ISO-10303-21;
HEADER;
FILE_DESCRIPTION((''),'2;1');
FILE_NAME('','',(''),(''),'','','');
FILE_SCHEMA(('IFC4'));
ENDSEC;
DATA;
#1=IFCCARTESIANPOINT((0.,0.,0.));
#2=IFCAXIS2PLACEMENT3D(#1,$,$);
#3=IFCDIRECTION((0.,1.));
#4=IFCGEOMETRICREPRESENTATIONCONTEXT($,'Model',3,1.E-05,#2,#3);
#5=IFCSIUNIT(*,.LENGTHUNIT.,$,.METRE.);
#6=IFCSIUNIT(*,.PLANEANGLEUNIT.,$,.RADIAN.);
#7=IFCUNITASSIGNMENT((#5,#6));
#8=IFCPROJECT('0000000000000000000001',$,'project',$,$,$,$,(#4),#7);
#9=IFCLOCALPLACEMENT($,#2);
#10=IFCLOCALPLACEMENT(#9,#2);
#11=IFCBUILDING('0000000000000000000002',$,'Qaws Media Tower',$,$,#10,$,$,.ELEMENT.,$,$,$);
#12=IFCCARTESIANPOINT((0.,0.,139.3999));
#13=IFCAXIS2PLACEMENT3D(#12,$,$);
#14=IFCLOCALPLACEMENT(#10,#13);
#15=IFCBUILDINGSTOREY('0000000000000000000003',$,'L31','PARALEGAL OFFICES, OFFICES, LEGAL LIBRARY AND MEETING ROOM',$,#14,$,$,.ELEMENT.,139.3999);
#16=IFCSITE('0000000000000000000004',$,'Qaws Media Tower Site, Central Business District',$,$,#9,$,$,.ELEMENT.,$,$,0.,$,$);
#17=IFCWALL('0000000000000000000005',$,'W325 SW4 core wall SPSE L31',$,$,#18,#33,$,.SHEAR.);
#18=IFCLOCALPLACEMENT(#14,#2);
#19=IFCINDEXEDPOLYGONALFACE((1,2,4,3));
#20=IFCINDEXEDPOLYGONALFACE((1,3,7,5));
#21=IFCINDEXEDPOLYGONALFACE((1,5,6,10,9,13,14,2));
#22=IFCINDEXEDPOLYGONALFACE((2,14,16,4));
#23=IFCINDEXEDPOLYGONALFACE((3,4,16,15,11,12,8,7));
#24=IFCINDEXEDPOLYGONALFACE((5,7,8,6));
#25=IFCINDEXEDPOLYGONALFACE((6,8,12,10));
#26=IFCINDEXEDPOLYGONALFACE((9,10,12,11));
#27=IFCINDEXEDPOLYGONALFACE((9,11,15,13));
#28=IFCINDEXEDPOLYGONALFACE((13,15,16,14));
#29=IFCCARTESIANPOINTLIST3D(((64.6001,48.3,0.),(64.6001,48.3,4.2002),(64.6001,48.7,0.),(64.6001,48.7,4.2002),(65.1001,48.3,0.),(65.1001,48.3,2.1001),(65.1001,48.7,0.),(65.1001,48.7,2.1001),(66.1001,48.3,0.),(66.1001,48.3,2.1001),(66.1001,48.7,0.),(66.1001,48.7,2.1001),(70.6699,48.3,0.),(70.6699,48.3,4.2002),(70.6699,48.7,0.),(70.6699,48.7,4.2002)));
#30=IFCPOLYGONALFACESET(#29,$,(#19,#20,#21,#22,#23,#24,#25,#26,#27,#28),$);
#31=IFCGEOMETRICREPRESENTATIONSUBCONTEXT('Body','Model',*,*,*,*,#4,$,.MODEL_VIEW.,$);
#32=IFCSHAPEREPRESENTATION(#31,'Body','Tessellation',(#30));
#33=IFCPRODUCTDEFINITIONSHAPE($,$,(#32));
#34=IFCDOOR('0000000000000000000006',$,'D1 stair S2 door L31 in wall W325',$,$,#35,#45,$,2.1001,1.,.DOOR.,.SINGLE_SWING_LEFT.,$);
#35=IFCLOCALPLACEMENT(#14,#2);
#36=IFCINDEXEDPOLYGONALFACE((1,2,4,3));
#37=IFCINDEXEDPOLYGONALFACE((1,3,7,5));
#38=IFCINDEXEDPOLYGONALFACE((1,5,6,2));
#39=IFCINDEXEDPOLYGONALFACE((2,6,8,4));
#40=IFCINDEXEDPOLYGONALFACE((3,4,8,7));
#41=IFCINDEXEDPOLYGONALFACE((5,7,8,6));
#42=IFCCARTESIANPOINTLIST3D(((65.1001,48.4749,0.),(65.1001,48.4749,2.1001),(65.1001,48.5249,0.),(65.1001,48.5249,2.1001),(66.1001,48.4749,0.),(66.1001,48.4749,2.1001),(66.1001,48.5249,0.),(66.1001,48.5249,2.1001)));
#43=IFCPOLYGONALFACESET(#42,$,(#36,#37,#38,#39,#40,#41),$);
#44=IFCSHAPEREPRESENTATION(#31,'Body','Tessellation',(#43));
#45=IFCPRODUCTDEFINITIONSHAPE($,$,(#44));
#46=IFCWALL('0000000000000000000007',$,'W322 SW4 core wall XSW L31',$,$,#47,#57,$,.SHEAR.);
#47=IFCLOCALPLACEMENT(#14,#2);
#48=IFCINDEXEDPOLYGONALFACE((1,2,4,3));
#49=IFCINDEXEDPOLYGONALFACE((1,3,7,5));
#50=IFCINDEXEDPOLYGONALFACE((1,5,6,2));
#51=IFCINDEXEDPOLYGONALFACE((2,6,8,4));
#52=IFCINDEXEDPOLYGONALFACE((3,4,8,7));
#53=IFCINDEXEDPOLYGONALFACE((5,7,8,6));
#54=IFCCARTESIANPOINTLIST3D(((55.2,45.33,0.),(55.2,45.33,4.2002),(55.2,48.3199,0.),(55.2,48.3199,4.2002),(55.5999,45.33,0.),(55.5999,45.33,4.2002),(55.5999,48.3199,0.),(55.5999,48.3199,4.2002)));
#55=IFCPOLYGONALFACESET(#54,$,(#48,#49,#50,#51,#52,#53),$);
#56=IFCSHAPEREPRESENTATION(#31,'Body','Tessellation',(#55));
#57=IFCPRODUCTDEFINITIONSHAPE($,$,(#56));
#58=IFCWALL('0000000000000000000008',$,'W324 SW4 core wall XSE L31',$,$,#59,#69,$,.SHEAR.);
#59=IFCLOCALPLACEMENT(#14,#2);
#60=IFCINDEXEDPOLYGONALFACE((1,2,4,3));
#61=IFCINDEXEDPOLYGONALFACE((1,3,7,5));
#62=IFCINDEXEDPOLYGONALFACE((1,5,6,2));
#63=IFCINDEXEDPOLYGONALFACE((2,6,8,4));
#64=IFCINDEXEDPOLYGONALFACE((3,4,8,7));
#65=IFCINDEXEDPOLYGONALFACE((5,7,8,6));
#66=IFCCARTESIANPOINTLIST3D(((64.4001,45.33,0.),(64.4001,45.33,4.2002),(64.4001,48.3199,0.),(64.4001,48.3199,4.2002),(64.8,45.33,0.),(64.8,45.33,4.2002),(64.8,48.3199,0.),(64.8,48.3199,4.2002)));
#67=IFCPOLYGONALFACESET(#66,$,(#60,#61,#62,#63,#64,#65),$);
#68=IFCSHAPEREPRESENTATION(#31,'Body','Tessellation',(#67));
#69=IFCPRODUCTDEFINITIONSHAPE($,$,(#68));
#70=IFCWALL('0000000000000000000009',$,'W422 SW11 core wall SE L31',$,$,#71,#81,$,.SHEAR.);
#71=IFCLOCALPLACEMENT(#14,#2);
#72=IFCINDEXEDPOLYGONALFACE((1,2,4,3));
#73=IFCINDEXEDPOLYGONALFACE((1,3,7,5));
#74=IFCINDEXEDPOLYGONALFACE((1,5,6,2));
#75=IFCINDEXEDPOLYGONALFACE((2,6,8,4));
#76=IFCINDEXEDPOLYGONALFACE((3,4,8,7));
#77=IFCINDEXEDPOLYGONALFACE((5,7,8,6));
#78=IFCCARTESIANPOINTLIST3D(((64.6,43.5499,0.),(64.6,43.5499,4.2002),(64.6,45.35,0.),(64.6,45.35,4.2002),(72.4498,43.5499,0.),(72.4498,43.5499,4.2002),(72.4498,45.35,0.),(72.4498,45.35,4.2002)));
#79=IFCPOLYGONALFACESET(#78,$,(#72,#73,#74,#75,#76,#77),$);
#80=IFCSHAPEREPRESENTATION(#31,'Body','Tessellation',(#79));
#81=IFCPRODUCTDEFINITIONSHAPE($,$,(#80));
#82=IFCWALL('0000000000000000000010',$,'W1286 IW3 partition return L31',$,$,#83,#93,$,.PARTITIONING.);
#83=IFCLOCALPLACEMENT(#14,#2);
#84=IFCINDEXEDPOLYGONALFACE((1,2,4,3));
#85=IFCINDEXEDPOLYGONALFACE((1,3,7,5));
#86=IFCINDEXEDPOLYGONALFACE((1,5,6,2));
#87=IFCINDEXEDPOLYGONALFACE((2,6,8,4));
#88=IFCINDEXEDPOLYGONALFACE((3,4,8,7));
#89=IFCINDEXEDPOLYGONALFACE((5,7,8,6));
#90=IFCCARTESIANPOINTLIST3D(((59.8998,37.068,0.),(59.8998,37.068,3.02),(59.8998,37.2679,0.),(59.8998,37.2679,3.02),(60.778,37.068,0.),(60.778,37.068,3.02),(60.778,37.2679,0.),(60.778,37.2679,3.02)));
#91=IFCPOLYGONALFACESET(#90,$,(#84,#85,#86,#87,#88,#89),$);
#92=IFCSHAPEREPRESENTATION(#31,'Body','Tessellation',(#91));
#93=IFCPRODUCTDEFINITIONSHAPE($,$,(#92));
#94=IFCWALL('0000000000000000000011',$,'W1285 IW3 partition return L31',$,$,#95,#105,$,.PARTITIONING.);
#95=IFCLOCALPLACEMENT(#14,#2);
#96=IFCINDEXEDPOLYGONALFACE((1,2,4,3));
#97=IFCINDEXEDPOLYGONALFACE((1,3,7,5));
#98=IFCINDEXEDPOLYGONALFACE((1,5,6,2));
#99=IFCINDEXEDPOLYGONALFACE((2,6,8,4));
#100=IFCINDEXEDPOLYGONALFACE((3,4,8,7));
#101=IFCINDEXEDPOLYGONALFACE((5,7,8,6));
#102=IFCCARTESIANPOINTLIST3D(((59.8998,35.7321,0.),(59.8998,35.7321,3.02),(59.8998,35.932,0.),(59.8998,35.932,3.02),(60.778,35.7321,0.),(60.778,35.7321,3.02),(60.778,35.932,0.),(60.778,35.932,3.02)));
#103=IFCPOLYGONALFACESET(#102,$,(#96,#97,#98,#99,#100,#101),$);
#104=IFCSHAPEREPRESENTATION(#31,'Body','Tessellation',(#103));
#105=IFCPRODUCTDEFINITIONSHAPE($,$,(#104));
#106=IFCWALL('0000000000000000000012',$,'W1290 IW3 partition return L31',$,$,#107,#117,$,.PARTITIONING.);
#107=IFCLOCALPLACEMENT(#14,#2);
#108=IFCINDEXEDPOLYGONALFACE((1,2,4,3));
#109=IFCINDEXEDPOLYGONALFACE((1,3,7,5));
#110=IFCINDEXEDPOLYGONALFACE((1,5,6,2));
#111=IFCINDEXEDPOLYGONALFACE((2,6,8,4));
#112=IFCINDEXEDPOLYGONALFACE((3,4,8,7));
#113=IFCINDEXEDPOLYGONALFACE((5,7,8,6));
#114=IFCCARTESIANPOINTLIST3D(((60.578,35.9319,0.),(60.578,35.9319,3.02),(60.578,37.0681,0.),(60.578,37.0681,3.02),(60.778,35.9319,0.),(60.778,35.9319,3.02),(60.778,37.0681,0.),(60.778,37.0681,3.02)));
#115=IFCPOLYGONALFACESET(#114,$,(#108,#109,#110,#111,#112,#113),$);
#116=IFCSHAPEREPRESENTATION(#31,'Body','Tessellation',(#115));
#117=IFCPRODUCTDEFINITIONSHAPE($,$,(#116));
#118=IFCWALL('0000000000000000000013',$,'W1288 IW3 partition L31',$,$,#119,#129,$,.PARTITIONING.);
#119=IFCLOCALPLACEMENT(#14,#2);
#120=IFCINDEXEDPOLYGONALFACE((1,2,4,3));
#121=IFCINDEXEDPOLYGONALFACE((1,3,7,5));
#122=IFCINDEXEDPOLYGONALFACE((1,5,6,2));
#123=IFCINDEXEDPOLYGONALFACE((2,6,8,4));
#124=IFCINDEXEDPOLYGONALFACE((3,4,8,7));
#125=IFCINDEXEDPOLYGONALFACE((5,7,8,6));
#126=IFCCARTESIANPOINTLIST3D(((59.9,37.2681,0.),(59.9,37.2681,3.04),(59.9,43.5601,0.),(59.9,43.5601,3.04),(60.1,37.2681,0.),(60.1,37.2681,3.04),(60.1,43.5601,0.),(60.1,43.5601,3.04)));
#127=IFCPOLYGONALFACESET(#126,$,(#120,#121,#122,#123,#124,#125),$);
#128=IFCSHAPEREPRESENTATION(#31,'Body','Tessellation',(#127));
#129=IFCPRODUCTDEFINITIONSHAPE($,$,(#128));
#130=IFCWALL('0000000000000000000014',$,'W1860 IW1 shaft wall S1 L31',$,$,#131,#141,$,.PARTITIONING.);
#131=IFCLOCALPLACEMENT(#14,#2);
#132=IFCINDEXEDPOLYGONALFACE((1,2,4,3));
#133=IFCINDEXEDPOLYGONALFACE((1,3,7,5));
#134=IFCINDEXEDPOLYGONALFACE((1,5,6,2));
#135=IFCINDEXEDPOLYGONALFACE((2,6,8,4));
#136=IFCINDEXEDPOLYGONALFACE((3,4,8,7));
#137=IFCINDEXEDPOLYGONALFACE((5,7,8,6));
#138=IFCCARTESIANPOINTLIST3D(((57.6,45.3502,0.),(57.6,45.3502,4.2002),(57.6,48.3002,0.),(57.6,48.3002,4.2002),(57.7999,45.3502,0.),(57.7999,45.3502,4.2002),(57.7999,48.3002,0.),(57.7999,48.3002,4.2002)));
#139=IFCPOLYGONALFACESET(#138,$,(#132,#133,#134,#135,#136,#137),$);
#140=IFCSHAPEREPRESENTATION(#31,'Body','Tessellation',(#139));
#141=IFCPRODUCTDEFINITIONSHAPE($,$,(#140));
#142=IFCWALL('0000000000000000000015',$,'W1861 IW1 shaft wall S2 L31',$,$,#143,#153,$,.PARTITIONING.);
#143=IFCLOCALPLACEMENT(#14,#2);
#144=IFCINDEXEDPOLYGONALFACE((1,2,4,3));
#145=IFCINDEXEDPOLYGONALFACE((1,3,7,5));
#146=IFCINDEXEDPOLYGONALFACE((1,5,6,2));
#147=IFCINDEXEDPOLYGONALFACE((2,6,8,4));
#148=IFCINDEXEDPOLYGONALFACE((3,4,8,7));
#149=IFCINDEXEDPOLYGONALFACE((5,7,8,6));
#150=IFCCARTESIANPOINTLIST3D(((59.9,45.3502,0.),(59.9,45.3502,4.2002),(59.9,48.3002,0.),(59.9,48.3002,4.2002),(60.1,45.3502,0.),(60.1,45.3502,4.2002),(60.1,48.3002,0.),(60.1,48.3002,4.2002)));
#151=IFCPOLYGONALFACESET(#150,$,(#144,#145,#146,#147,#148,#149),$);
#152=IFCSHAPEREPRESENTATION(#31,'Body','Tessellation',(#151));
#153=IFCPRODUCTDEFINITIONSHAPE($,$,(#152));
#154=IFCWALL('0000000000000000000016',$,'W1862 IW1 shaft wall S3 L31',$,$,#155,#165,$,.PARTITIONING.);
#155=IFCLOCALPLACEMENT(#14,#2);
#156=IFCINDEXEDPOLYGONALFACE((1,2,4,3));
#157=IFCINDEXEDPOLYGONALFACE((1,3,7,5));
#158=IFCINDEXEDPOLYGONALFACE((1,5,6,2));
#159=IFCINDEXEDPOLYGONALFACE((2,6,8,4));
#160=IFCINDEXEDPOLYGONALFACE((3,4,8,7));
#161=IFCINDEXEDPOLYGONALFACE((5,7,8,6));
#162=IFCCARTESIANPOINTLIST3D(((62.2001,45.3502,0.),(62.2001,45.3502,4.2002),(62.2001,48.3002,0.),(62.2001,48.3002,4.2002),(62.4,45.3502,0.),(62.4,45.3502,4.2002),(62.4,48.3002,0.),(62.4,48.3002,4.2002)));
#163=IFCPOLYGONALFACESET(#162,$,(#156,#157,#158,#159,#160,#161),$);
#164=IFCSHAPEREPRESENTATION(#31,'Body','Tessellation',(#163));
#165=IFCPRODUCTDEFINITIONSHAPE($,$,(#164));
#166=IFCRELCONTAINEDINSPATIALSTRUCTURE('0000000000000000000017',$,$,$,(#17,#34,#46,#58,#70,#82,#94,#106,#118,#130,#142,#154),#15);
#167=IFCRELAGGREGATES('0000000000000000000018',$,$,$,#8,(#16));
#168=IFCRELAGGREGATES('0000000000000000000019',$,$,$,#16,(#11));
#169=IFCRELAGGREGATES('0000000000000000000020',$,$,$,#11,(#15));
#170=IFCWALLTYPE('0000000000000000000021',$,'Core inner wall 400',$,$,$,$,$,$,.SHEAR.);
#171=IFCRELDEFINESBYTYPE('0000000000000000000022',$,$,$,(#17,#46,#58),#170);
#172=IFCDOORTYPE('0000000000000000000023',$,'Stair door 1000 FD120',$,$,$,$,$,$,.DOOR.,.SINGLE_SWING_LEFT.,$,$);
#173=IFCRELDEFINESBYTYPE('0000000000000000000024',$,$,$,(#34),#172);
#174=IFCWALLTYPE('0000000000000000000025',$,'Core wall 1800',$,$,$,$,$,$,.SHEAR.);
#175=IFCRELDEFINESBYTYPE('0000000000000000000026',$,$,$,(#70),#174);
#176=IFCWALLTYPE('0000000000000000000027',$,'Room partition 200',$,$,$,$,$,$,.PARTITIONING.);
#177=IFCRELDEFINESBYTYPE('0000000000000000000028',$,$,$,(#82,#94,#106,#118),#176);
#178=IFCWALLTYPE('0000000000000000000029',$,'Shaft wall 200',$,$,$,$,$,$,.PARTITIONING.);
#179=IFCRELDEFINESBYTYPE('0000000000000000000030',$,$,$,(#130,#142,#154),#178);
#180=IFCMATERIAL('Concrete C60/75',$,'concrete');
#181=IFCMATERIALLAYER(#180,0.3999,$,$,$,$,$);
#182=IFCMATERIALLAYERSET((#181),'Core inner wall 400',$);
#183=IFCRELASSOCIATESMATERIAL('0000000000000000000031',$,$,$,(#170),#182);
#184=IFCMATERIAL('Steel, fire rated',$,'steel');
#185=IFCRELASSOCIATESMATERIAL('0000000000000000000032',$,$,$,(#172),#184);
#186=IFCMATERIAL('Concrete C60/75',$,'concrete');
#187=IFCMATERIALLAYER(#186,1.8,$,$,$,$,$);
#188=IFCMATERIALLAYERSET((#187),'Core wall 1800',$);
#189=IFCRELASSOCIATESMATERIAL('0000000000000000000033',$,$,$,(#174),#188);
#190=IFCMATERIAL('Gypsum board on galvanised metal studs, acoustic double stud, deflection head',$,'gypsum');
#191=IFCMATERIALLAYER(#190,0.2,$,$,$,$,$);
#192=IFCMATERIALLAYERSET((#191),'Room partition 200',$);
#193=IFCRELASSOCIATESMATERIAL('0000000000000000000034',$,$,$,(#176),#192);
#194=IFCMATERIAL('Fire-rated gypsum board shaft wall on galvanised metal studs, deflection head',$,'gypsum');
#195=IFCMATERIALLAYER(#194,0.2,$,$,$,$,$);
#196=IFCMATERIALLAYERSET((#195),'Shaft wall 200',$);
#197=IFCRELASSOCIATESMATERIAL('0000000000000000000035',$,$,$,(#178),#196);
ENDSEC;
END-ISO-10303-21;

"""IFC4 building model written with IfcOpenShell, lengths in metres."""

from ifc_helpers import new_model, si_unit, direction, frame, frame_2d, origin, place, context, subcontext, project, spatial, rectangle, extrude, material, layer, layer_set, type_object, element, fill, save


model = new_model("IFC4")

# Units and contexts
model_context = context("Model", 3, precision=1e-05, world=origin(), true_north=direction((0.0, 1.0)))
body_context = subcontext(model_context, "Body", "Model", "MODEL_VIEW")
ifc_project = project(units=[si_unit("LENGTHUNIT", "METRE"), si_unit("PLANEANGLEUNIT", "RADIAN")], contexts=[model_context])

# Site, building, storey
site_placement = place(None, origin())
site = spatial("IfcSite", under=ifc_project, at=site_placement, Name="Qaws Media Tower Site, Central Business District", CompositionType="ELEMENT", RefElevation=0.0)
building_placement = place(site_placement, origin())
building = spatial("IfcBuilding", under=site, at=building_placement, Name="Qaws Media Tower", CompositionType="ELEMENT")
storey_placement = place(building_placement, frame((0.0, 0.0, 139.3999)))
storey = spatial("IfcBuildingStorey", under=building, at=storey_placement, Name="L31", Description="PARALEGAL OFFICES, OFFICES, LEGAL LIBRARY AND MEETING ROOM", CompositionType="ELEMENT", Elevation=139.3999)

# Wall, opening, door
ifc_material_1 = material(Name="Concrete C60/75", Category="concrete")
ifc_layer_1 = layer(ifc_material_1, 0.3999)
ifc_layer_set_1 = layer_set([ifc_layer_1], Name="Core inner wall 400")
wall_type_1 = type_object("IfcWallType", Name="Core inner wall 400", PredefinedType="SHEAR", material=ifc_layer_set_1)
wall_1_placement = place(storey_placement, frame((64.6001, 48.5, 0.0), z_axis=(0.0, 0.0, 1.0), x_axis=(1.0, 0.0, 0.0)))
wall_1 = element("IfcWall", 1, at=wall_1_placement, inside=storey, type_object=wall_type_1, Name="W325 SW4 core wall SPSE L31", PredefinedType="SHEAR", context=body_context, shape_type="SweptSolid", body=[
    extrude(rectangle(XDim=6.0698, YDim=0.3999, at=frame_2d((3.0349, 0.0))), origin(), (0.0, 0.0, 1.0), 4.2002),
])
opening_placement = place(wall_1_placement, frame((0.5, 0.0, 0.0)))
opening = element("IfcOpeningElement", 2, at=opening_placement, cuts=wall_1, PredefinedType="OPENING", context=body_context, shape_type="SweptSolid", body=[
    extrude(rectangle(XDim=1.0, YDim=2.1001, at=frame_2d((0.5, 1.05))), frame((0.0, 0.21, 0.0), z_axis=(0.0, -1.0, 0.0), x_axis=(1.0, 0.0, 0.0)), (0.0, 0.0, 1.0), 0.4199),
])
ifc_material_2 = material(Name="Steel, fire rated", Category="steel")
door_type = type_object("IfcDoorType", Name="Stair door 1000 FD120", OperationType="SINGLE_SWING_LEFT", PredefinedType="DOOR", material=ifc_material_2)
door_placement = place(opening_placement, origin())
door = element("IfcDoor", 3, at=door_placement, inside=storey, type_object=door_type, Name="D1 stair S2 door L31 in wall W325", OperationType="SINGLE_SWING_LEFT", OverallHeight=2.1001, OverallWidth=1.0, PredefinedType="DOOR", context=body_context, shape_type="SweptSolid", body=[
    extrude(rectangle(XDim=1.0, YDim=2.1001, at=frame_2d((0.5, 1.05))), frame((0.0, 0.0249, 0.0), z_axis=(0.0, -1.0, 0.0), x_axis=(1.0, 0.0, 0.0)), (0.0, 0.0, 1.0), 0.05),
])
fill(opening, door)

# Walls
for number, where, z_axis, x_axis, name in (
    (4, (55.3999, 48.3201, 0.0), (0.0, 0.0, 1.0), (0.0, -1.0, 0.0), "W322 SW4 core wall XSW L31"),
    (5, (64.6001, 48.3201, 0.0), (0.0, 0.0, 1.0), (0.0, -1.0, 0.0), "W324 SW4 core wall XSE L31"),
):
    element("IfcWall", number, at=place(storey_placement, frame(where, z_axis=z_axis, x_axis=x_axis)), inside=storey, type_object=wall_type_1, Name=name, PredefinedType="SHEAR", context=body_context, shape_type="SweptSolid", body=[
        extrude(rectangle(XDim=2.99, YDim=0.3999, at=frame_2d((1.4951, 0.0))), origin(), (0.0, 0.0, 1.0), 4.2002),
    ])
ifc_material_3 = material(Name="Concrete C60/75", Category="concrete")
ifc_layer_2 = layer(ifc_material_3, 1.8)
ifc_layer_set_2 = layer_set([ifc_layer_2], Name="Core wall 1800")
wall_type_2 = type_object("IfcWallType", Name="Core wall 1800", PredefinedType="SHEAR", material=ifc_layer_set_2)
wall_2_placement = place(storey_placement, frame((64.6001, 44.45, 0.0), z_axis=(0.0, 0.0, 1.0), x_axis=(1.0, 0.0, 0.0)))
element("IfcWall", 6, at=wall_2_placement, inside=storey, type_object=wall_type_2, Name="W422 SW11 core wall SE L31", PredefinedType="SHEAR", context=body_context, shape_type="SweptSolid", body=[
    extrude(rectangle(XDim=7.8499, YDim=1.8, at=frame_2d((3.9248, 0.0))), origin(), (0.0, 0.0, 1.0), 4.2002),
])
ifc_material_4 = material(Name="Gypsum board on galvanised metal studs, acoustic double stud, deflection head", Category="gypsum")
ifc_layer_3 = layer(ifc_material_4, 0.2)
ifc_layer_set_3 = layer_set([ifc_layer_3], Name="Room partition 200")
wall_type_3 = type_object("IfcWallType", Name="Room partition 200", PredefinedType="PARTITIONING", material=ifc_layer_set_3)
for number, where, z_axis, x_axis, name in (
    (7, (59.8999, 37.168, 0.0), (0.0, 0.0, 1.0), (1.0, 0.0, 0.0), "W1286 IW3 partition return L31"),
    (8, (59.8999, 35.832, 0.0), (0.0, 0.0, 1.0), (1.0, 0.0, 0.0), "W1285 IW3 partition return L31"),
):
    element("IfcWall", number, at=place(storey_placement, frame(where, z_axis=z_axis, x_axis=x_axis)), inside=storey, type_object=wall_type_3, Name=name, PredefinedType="PARTITIONING", context=body_context, shape_type="SweptSolid", body=[
        extrude(rectangle(XDim=0.8782, YDim=0.2, at=frame_2d((0.439, 0.0))), origin(), (0.0, 0.0, 1.0), 3.02),
    ])
wall_3_placement = place(storey_placement, frame((60.678, 37.0681, 0.0), z_axis=(0.0, 0.0, 1.0), x_axis=(0.0, -1.0, 0.0)))
element("IfcWall", 9, at=wall_3_placement, inside=storey, type_object=wall_type_3, Name="W1290 IW3 partition return L31", PredefinedType="PARTITIONING", context=body_context, shape_type="SweptSolid", body=[
    extrude(rectangle(XDim=1.1362, YDim=0.2, at=frame_2d((0.5681, 0.0))), origin(), (0.0, 0.0, 1.0), 3.02),
])
wall_4_placement = place(storey_placement, frame((60.0, 43.5601, 0.0), z_axis=(0.0, 0.0, 1.0), x_axis=(0.0, -1.0, 0.0)))
element("IfcWall", 10, at=wall_4_placement, inside=storey, type_object=wall_type_3, Name="W1288 IW3 partition L31", PredefinedType="PARTITIONING", context=body_context, shape_type="SweptSolid", body=[
    extrude(rectangle(XDim=6.292, YDim=0.2, at=frame_2d((3.146, 0.0))), origin(), (0.0, 0.0, 1.0), 3.04),
])
ifc_material_5 = material(Name="Fire-rated gypsum board shaft wall on galvanised metal studs, deflection head", Category="gypsum")
ifc_layer_4 = layer(ifc_material_5, 0.2)
ifc_layer_set_4 = layer_set([ifc_layer_4], Name="Shaft wall 200")
wall_type_4 = type_object("IfcWallType", Name="Shaft wall 200", PredefinedType="PARTITIONING", material=ifc_layer_set_4)
for number, where, z_axis, x_axis, name in (
    (11, (57.7, 45.3501, 0.0), (0.0, 0.0, 1.0), (0.0, 1.0, 0.0), "W1860 IW1 shaft wall S1 L31"),
    (12, (60.0, 45.3501, 0.0), (0.0, 0.0, 1.0), (0.0, 1.0, 0.0), "W1861 IW1 shaft wall S2 L31"),
    (13, (62.3, 45.3501, 0.0), (0.0, 0.0, 1.0), (0.0, 1.0, 0.0), "W1862 IW1 shaft wall S3 L31"),
):
    element("IfcWall", number, at=place(storey_placement, frame(where, z_axis=z_axis, x_axis=x_axis)), inside=storey, type_object=wall_type_4, Name=name, PredefinedType="PARTITIONING", context=body_context, shape_type="SweptSolid", body=[
        extrude(rectangle(XDim=2.95, YDim=0.2, at=frame_2d((1.4751, 0.0))), origin(), (0.0, 0.0, 1.0), 4.2002),
    ])

save(model, "model.ifc")
